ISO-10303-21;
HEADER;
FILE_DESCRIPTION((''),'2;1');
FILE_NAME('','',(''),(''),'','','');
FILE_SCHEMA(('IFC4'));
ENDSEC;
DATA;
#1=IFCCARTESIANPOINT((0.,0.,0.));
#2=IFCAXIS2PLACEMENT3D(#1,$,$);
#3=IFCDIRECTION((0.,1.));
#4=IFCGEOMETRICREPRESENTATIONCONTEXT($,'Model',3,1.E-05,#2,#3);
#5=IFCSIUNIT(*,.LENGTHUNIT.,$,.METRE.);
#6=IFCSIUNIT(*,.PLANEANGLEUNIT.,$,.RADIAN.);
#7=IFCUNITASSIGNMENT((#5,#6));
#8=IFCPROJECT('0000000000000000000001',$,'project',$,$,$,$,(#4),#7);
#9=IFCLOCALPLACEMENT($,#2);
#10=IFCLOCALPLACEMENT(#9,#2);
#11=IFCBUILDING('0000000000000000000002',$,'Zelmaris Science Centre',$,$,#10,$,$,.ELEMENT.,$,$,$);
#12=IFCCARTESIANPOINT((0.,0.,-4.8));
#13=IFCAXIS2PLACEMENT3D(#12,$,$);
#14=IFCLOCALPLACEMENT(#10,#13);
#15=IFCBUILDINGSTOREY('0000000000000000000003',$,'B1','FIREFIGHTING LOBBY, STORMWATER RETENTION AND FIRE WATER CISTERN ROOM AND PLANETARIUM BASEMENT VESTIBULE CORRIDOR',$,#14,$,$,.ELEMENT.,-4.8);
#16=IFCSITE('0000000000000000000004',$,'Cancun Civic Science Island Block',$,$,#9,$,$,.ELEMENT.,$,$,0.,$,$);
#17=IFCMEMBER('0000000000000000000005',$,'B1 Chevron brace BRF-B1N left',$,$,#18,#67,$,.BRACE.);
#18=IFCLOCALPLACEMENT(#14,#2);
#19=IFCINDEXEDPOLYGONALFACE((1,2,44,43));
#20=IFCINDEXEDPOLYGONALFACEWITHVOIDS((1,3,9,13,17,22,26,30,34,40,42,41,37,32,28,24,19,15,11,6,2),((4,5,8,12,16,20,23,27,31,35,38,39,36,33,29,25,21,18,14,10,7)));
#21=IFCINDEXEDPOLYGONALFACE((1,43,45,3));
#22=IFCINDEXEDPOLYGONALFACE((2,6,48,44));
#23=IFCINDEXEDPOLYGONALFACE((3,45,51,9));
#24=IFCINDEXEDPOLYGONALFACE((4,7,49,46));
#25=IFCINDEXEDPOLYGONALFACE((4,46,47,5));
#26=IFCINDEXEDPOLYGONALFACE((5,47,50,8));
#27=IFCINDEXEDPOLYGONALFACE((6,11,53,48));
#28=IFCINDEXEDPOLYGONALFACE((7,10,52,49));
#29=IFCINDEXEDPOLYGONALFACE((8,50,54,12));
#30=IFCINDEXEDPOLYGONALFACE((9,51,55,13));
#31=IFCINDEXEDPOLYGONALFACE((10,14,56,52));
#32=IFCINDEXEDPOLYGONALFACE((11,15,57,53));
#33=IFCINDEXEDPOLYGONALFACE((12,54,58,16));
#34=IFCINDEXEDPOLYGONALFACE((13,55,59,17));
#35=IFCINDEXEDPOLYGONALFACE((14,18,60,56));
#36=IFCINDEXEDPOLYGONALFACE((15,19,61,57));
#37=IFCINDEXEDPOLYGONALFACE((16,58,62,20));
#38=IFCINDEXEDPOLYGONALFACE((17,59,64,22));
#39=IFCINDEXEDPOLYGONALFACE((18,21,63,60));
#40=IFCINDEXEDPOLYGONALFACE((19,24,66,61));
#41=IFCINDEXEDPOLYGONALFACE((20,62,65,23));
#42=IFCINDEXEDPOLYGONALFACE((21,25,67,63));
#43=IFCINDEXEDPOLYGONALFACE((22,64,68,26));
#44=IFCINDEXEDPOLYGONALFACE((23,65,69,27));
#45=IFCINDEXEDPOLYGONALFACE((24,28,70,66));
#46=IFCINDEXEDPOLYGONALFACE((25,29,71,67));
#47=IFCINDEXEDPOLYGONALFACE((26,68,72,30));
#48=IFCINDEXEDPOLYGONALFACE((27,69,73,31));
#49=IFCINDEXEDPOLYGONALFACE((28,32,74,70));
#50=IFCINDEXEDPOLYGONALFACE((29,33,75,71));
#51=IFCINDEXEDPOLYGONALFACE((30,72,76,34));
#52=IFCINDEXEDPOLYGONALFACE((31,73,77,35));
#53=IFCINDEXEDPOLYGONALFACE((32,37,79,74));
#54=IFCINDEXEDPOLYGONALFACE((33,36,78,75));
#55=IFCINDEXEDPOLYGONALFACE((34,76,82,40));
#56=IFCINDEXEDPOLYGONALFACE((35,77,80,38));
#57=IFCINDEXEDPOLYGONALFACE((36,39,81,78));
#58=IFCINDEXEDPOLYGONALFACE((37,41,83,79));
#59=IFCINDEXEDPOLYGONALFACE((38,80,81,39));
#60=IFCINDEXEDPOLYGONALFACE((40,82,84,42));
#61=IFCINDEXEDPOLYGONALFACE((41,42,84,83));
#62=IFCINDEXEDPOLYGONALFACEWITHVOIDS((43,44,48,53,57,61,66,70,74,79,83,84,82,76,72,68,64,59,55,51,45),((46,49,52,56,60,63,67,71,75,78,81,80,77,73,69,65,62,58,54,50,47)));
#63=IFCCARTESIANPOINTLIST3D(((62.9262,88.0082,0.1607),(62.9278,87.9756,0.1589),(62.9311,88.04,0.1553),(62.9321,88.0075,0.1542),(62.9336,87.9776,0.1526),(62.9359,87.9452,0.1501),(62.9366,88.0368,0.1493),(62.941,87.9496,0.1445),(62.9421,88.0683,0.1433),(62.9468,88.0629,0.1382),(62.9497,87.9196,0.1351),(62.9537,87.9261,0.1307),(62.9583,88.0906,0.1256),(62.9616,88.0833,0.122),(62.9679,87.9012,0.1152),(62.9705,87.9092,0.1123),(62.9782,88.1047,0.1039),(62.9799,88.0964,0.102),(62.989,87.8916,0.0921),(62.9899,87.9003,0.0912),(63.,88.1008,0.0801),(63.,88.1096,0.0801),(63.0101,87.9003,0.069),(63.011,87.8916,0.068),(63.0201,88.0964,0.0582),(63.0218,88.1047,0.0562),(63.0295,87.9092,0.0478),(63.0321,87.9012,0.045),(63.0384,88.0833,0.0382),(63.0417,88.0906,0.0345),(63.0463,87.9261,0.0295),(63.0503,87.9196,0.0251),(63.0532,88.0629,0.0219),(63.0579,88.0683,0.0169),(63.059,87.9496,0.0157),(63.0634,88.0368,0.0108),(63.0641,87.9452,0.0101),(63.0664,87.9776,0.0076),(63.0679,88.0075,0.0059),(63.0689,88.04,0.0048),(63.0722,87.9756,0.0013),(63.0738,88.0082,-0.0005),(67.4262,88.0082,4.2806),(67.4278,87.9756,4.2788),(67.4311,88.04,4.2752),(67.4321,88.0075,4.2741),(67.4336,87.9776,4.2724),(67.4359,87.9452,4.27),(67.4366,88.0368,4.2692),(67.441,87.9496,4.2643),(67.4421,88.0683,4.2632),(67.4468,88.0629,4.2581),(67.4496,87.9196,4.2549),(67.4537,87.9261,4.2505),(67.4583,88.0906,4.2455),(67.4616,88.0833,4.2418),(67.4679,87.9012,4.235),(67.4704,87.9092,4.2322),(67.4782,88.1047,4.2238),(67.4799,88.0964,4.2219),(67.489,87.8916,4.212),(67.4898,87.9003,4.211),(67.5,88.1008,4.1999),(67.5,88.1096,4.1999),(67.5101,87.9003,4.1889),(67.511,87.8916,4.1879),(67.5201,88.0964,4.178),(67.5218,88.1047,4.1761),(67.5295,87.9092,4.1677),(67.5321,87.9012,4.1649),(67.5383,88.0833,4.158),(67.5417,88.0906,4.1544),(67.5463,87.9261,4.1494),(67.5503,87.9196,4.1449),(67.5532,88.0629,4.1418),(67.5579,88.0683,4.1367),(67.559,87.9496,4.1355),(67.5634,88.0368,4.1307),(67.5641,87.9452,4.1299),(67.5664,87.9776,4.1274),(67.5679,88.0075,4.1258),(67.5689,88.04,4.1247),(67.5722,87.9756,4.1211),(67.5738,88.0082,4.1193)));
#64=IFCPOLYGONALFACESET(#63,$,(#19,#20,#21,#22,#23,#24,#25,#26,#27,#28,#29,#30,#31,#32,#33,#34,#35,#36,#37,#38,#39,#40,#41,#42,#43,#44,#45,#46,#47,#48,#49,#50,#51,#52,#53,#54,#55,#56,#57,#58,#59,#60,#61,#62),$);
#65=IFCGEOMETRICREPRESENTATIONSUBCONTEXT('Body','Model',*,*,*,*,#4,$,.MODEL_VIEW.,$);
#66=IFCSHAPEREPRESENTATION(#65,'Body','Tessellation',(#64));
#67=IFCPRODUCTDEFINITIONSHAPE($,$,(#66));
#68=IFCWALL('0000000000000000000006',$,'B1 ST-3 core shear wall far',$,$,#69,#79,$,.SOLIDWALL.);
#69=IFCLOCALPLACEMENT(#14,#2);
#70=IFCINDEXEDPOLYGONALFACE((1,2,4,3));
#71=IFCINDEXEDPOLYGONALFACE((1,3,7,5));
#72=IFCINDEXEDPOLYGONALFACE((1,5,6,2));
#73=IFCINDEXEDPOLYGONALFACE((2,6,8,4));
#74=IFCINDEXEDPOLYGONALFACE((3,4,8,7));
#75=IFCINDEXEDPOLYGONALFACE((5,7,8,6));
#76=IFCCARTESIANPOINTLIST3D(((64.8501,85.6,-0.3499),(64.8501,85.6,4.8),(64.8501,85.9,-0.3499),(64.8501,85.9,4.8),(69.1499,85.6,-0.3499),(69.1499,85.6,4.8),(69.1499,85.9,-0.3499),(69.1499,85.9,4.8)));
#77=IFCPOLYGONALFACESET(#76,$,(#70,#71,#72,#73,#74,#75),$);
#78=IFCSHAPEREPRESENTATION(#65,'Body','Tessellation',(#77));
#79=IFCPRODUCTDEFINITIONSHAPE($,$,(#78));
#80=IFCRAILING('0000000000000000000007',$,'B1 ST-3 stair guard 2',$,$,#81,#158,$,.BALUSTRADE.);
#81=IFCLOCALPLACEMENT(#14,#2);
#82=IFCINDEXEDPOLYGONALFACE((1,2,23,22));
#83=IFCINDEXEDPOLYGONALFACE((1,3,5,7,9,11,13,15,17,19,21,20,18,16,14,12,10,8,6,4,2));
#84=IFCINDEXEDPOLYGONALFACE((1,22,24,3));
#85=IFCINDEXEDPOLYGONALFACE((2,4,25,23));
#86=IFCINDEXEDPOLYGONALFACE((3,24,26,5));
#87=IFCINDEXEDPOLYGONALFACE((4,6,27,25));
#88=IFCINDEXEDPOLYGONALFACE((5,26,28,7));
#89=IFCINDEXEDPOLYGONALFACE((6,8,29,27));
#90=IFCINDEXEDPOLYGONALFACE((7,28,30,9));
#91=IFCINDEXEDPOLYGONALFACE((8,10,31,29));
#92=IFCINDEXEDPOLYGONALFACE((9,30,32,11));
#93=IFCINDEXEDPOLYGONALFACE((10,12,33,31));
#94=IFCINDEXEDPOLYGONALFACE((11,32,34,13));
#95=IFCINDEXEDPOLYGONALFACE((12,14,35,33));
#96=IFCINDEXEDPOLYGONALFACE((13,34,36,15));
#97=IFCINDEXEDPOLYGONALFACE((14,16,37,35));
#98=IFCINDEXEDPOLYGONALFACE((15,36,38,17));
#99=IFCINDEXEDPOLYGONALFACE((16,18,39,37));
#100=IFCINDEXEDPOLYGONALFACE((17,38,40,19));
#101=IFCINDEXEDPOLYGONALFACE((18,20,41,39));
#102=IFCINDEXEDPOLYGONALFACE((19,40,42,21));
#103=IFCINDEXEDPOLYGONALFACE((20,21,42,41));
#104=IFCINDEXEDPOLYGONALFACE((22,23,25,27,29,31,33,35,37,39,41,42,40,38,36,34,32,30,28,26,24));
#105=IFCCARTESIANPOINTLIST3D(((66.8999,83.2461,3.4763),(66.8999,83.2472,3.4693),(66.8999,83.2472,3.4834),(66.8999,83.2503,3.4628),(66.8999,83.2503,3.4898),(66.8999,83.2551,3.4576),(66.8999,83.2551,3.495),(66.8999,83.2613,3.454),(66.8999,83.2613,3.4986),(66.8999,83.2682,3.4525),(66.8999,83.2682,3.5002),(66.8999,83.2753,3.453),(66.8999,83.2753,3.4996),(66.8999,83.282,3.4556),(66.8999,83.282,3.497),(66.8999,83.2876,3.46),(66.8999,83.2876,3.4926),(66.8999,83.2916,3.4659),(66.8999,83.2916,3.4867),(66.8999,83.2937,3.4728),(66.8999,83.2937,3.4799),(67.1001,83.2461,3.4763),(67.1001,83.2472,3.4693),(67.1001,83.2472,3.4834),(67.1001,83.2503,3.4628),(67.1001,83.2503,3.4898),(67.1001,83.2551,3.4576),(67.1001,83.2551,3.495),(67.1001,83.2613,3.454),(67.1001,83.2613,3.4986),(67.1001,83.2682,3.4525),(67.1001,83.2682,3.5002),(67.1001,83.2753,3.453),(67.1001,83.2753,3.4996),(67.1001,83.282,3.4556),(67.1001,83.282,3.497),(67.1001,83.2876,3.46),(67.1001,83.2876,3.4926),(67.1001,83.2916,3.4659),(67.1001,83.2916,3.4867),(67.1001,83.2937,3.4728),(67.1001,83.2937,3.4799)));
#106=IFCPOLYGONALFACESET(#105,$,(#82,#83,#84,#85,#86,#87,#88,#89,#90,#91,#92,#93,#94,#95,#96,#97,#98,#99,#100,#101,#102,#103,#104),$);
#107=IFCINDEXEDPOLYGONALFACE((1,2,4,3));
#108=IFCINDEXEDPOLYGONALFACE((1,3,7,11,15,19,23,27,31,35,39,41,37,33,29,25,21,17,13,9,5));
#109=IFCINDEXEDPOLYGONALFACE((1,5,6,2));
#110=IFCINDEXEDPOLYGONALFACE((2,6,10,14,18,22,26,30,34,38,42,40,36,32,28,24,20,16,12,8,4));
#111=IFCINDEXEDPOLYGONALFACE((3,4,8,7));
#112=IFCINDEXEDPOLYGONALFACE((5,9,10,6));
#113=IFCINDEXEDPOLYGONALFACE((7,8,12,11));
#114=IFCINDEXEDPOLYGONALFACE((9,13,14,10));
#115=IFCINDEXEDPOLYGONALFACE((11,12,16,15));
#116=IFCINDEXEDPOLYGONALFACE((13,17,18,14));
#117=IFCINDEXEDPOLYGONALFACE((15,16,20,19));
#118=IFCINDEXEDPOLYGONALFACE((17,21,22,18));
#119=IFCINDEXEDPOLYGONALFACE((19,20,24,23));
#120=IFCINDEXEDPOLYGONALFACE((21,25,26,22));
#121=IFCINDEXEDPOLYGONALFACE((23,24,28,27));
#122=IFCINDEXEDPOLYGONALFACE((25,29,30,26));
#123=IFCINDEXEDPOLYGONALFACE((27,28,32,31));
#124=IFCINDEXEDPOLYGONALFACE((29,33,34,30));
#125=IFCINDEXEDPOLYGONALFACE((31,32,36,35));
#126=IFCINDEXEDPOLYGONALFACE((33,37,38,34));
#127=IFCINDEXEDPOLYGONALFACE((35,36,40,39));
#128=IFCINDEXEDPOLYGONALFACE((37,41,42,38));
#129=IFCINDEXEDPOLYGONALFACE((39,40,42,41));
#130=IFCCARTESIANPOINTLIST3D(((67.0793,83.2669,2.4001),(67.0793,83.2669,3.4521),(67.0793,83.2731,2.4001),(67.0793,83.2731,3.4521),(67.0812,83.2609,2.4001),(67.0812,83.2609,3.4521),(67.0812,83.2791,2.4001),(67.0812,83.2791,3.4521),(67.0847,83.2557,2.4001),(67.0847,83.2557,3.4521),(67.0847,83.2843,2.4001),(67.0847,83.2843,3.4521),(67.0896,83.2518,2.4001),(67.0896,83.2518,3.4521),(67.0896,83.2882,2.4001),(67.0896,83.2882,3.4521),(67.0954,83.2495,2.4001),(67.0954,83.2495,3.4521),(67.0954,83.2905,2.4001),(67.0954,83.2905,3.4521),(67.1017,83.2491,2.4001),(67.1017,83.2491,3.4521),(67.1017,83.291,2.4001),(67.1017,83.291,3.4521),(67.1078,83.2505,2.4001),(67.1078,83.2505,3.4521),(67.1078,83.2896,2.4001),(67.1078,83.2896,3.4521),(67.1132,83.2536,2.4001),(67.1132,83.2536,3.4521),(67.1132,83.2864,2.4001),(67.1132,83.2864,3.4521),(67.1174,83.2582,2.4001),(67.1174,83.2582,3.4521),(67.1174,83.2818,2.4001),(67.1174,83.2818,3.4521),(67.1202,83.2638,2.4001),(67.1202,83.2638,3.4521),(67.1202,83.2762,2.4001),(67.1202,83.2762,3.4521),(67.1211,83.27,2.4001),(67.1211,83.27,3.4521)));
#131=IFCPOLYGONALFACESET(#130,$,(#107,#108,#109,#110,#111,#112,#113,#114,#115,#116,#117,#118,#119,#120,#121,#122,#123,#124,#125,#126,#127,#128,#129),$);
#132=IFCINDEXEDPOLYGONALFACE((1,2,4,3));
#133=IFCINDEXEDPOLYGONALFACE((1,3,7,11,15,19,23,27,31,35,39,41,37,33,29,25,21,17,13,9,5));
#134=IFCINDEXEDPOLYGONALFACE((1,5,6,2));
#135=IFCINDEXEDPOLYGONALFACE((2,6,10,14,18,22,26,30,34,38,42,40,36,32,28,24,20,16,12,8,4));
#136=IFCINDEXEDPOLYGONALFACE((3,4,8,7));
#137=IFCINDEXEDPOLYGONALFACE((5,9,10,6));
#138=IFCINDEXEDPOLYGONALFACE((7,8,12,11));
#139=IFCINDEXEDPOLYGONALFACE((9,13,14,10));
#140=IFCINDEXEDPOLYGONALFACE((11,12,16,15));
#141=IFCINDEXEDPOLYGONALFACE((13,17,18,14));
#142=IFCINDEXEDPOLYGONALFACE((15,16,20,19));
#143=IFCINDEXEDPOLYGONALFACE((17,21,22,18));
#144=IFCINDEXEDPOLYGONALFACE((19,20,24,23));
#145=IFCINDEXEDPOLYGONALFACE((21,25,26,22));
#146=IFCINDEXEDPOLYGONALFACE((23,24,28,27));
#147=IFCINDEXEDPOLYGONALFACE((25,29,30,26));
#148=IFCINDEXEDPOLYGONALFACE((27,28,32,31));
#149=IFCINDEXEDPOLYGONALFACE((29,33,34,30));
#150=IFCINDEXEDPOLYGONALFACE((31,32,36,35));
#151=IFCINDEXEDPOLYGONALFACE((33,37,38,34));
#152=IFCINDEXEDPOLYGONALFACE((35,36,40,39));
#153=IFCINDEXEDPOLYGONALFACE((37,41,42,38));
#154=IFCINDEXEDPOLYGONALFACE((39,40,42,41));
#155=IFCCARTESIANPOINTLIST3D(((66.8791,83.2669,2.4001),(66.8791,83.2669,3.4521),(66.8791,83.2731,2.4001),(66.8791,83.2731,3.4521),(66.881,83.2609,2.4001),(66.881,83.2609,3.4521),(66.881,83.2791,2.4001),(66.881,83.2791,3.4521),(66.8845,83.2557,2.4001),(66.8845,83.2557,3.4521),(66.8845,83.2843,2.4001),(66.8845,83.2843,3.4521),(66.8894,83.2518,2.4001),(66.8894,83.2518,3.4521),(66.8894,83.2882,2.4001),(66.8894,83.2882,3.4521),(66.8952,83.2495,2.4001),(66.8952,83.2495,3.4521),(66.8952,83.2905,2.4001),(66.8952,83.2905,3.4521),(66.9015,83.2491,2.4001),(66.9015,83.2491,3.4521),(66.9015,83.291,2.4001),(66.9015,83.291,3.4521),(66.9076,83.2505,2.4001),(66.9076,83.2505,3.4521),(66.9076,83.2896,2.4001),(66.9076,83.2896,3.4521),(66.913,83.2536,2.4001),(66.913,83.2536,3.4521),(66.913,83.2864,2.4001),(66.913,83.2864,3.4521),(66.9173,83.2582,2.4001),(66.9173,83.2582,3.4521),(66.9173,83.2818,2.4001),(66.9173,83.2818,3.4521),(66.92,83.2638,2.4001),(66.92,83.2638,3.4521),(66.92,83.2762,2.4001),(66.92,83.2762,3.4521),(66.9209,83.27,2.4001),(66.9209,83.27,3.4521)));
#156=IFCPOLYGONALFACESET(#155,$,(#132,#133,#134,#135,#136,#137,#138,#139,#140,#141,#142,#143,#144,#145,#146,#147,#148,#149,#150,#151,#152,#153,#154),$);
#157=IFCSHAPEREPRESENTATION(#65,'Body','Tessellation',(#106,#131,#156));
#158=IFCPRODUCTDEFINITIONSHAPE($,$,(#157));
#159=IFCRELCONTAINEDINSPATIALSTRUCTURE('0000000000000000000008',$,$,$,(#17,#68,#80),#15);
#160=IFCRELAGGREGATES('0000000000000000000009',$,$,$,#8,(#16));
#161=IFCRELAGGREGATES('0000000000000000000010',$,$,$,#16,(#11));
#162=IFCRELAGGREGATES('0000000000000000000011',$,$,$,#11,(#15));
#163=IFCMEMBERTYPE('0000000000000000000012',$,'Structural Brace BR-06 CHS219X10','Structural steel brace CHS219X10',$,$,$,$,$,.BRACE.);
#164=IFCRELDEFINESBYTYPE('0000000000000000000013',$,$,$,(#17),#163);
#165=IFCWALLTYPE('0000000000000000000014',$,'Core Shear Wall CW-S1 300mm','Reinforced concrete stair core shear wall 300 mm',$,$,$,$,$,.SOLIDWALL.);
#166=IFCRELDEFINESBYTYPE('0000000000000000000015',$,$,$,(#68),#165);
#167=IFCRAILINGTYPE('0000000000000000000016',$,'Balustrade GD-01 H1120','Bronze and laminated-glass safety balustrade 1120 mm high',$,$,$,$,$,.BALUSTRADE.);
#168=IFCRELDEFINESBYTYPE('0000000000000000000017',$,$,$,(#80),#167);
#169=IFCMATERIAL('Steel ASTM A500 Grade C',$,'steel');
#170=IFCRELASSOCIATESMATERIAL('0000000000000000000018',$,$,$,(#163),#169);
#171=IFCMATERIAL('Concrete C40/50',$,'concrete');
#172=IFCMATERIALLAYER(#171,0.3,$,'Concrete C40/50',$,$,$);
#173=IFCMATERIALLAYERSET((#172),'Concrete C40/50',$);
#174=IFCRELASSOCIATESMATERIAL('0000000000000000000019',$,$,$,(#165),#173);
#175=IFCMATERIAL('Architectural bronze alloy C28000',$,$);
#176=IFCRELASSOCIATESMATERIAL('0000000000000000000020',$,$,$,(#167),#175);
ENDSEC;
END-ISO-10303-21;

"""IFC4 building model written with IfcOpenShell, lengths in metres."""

from ifc_helpers import new_model, si_unit, direction, frame, frame_2d, origin, origin_2d, place, context, subcontext, project, spatial, rectangle, circle, hollow_circle, extrude, material, layer, layer_set, material_profile, profile_set, type_object, element, save


model = new_model("IFC4")

# Units and contexts
model_context = context("Model", 3, precision=1e-05, world=origin(), true_north=direction((0.0, 1.0)))
body_context = subcontext(model_context, "Body", "Model", "MODEL_VIEW")
ifc_project = project(units=[si_unit("LENGTHUNIT", "METRE"), si_unit("PLANEANGLEUNIT", "RADIAN")], contexts=[model_context])

# Site, building, storey
site_placement = place(None, origin())
site = spatial("IfcSite", under=ifc_project, at=site_placement, Name="Cancun Civic Science Island Block", CompositionType="ELEMENT", RefElevation=0.0)
building_placement = place(site_placement, origin())
building = spatial("IfcBuilding", under=site, at=building_placement, Name="Zelmaris Science Centre", CompositionType="ELEMENT")
storey_placement = place(building_placement, frame((0.0, 0.0, -4.8)))
storey = spatial("IfcBuildingStorey", under=building, at=storey_placement, Name="B1", Description="FIREFIGHTING LOBBY, STORMWATER RETENTION AND FIRE WATER CISTERN ROOM AND PLANETARIUM BASEMENT VESTIBULE CORRIDOR", CompositionType="ELEMENT", Elevation=-4.8)

# Shared definitions
ifc_material_1 = material(Name="Concrete C40/50", Category="concrete")

# Member
ifc_material_2 = material(Name="Steel ASTM A500 Grade C", Category="steel")
ifc_material_profile_1 = material_profile(ifc_material_2, hollow_circle(Radius=0.1096, WallThickness=0.0088, at=origin_2d()), Name="CHS219X10")
ifc_profile_set_1 = profile_set([ifc_material_profile_1], Name="Steel ASTM A500 Grade C")
member_type = type_object("IfcMemberType", Name="Structural Brace BR-06 CHS219X10", Description="Structural steel brace CHS219X10", PredefinedType="BRACE", material=ifc_profile_set_1)
member_placement = place(storey_placement, frame((63.0, 88.0, 0.0801), z_axis=(0.737573, 0.0, 0.675268), x_axis=(0.0, 1.0, 0.0)))
element("IfcMember", 1, at=member_placement, inside=storey, type_object=member_type, Name="B1 Chevron brace BRF-B1N left", PredefinedType="BRACE", context=body_context, shape_type="SweptSolid", body=[
    extrude(hollow_circle(Radius=0.1096, WallThickness=0.0088, at=origin_2d()), origin(), (0.0, 0.0, 1.0), 6.1011),
])

# Wall
ifc_layer = layer(ifc_material_1, 0.3, Name="Concrete C40/50")
ifc_layer_set = layer_set([ifc_layer], Name="Concrete C40/50")
wall_type = type_object("IfcWallType", Name="Core Shear Wall CW-S1 300mm", Description="Reinforced concrete stair core shear wall 300 mm", PredefinedType="SOLIDWALL", material=ifc_layer_set)
wall_placement = place(storey_placement, frame((69.1499, 85.75, -0.3499), z_axis=(0.0, 0.0, 1.0), x_axis=(-1.0, 0.0, 0.0)))
element("IfcWall", 2, at=wall_placement, inside=storey, type_object=wall_type, Name="B1 ST-3 core shear wall far", PredefinedType="SOLIDWALL", context=body_context, shape_type="SweptSolid", body=[
    extrude(rectangle(XDim=4.2998, YDim=0.3, at=frame_2d((2.1499, 0.0))), origin(), (0.0, 0.0, 1.0), 5.1499),
])

# Railing
ifc_material_3 = material(Name="Architectural bronze alloy C28000")
railing_type = type_object("IfcRailingType", Name="Balustrade GD-01 H1120", Description="Bronze and laminated-glass safety balustrade 1120 mm high", PredefinedType="BALUSTRADE", material=ifc_material_3)
railing_1_placement = place(storey_placement, frame((67.1001, 83.27, 2.4001)))
element("IfcRailing", 3, at=railing_1_placement, inside=storey, type_object=railing_type, Name="B1 ST-3 stair guard 2", PredefinedType="BALUSTRADE", context=body_context, shape_type="SweptSolid", body=[
    extrude(circle(Radius=0.0239, at=origin_2d()), frame((0.0, 0.0, 1.0762), z_axis=(-1.0, 0.0, 0.0), x_axis=(0.0, -1.0, 0.0)), (0.0, 0.0, 1.0), 0.2002),
    extrude(circle(Radius=0.021, at=origin_2d()), origin(), (0.0, 0.0, 1.0), 1.052),
    extrude(circle(Radius=0.021, at=origin_2d()), frame((-0.2002, 0.0, 0.0)), (0.0, 0.0, 1.0), 1.052),
])

save(model, "model.ifc")
